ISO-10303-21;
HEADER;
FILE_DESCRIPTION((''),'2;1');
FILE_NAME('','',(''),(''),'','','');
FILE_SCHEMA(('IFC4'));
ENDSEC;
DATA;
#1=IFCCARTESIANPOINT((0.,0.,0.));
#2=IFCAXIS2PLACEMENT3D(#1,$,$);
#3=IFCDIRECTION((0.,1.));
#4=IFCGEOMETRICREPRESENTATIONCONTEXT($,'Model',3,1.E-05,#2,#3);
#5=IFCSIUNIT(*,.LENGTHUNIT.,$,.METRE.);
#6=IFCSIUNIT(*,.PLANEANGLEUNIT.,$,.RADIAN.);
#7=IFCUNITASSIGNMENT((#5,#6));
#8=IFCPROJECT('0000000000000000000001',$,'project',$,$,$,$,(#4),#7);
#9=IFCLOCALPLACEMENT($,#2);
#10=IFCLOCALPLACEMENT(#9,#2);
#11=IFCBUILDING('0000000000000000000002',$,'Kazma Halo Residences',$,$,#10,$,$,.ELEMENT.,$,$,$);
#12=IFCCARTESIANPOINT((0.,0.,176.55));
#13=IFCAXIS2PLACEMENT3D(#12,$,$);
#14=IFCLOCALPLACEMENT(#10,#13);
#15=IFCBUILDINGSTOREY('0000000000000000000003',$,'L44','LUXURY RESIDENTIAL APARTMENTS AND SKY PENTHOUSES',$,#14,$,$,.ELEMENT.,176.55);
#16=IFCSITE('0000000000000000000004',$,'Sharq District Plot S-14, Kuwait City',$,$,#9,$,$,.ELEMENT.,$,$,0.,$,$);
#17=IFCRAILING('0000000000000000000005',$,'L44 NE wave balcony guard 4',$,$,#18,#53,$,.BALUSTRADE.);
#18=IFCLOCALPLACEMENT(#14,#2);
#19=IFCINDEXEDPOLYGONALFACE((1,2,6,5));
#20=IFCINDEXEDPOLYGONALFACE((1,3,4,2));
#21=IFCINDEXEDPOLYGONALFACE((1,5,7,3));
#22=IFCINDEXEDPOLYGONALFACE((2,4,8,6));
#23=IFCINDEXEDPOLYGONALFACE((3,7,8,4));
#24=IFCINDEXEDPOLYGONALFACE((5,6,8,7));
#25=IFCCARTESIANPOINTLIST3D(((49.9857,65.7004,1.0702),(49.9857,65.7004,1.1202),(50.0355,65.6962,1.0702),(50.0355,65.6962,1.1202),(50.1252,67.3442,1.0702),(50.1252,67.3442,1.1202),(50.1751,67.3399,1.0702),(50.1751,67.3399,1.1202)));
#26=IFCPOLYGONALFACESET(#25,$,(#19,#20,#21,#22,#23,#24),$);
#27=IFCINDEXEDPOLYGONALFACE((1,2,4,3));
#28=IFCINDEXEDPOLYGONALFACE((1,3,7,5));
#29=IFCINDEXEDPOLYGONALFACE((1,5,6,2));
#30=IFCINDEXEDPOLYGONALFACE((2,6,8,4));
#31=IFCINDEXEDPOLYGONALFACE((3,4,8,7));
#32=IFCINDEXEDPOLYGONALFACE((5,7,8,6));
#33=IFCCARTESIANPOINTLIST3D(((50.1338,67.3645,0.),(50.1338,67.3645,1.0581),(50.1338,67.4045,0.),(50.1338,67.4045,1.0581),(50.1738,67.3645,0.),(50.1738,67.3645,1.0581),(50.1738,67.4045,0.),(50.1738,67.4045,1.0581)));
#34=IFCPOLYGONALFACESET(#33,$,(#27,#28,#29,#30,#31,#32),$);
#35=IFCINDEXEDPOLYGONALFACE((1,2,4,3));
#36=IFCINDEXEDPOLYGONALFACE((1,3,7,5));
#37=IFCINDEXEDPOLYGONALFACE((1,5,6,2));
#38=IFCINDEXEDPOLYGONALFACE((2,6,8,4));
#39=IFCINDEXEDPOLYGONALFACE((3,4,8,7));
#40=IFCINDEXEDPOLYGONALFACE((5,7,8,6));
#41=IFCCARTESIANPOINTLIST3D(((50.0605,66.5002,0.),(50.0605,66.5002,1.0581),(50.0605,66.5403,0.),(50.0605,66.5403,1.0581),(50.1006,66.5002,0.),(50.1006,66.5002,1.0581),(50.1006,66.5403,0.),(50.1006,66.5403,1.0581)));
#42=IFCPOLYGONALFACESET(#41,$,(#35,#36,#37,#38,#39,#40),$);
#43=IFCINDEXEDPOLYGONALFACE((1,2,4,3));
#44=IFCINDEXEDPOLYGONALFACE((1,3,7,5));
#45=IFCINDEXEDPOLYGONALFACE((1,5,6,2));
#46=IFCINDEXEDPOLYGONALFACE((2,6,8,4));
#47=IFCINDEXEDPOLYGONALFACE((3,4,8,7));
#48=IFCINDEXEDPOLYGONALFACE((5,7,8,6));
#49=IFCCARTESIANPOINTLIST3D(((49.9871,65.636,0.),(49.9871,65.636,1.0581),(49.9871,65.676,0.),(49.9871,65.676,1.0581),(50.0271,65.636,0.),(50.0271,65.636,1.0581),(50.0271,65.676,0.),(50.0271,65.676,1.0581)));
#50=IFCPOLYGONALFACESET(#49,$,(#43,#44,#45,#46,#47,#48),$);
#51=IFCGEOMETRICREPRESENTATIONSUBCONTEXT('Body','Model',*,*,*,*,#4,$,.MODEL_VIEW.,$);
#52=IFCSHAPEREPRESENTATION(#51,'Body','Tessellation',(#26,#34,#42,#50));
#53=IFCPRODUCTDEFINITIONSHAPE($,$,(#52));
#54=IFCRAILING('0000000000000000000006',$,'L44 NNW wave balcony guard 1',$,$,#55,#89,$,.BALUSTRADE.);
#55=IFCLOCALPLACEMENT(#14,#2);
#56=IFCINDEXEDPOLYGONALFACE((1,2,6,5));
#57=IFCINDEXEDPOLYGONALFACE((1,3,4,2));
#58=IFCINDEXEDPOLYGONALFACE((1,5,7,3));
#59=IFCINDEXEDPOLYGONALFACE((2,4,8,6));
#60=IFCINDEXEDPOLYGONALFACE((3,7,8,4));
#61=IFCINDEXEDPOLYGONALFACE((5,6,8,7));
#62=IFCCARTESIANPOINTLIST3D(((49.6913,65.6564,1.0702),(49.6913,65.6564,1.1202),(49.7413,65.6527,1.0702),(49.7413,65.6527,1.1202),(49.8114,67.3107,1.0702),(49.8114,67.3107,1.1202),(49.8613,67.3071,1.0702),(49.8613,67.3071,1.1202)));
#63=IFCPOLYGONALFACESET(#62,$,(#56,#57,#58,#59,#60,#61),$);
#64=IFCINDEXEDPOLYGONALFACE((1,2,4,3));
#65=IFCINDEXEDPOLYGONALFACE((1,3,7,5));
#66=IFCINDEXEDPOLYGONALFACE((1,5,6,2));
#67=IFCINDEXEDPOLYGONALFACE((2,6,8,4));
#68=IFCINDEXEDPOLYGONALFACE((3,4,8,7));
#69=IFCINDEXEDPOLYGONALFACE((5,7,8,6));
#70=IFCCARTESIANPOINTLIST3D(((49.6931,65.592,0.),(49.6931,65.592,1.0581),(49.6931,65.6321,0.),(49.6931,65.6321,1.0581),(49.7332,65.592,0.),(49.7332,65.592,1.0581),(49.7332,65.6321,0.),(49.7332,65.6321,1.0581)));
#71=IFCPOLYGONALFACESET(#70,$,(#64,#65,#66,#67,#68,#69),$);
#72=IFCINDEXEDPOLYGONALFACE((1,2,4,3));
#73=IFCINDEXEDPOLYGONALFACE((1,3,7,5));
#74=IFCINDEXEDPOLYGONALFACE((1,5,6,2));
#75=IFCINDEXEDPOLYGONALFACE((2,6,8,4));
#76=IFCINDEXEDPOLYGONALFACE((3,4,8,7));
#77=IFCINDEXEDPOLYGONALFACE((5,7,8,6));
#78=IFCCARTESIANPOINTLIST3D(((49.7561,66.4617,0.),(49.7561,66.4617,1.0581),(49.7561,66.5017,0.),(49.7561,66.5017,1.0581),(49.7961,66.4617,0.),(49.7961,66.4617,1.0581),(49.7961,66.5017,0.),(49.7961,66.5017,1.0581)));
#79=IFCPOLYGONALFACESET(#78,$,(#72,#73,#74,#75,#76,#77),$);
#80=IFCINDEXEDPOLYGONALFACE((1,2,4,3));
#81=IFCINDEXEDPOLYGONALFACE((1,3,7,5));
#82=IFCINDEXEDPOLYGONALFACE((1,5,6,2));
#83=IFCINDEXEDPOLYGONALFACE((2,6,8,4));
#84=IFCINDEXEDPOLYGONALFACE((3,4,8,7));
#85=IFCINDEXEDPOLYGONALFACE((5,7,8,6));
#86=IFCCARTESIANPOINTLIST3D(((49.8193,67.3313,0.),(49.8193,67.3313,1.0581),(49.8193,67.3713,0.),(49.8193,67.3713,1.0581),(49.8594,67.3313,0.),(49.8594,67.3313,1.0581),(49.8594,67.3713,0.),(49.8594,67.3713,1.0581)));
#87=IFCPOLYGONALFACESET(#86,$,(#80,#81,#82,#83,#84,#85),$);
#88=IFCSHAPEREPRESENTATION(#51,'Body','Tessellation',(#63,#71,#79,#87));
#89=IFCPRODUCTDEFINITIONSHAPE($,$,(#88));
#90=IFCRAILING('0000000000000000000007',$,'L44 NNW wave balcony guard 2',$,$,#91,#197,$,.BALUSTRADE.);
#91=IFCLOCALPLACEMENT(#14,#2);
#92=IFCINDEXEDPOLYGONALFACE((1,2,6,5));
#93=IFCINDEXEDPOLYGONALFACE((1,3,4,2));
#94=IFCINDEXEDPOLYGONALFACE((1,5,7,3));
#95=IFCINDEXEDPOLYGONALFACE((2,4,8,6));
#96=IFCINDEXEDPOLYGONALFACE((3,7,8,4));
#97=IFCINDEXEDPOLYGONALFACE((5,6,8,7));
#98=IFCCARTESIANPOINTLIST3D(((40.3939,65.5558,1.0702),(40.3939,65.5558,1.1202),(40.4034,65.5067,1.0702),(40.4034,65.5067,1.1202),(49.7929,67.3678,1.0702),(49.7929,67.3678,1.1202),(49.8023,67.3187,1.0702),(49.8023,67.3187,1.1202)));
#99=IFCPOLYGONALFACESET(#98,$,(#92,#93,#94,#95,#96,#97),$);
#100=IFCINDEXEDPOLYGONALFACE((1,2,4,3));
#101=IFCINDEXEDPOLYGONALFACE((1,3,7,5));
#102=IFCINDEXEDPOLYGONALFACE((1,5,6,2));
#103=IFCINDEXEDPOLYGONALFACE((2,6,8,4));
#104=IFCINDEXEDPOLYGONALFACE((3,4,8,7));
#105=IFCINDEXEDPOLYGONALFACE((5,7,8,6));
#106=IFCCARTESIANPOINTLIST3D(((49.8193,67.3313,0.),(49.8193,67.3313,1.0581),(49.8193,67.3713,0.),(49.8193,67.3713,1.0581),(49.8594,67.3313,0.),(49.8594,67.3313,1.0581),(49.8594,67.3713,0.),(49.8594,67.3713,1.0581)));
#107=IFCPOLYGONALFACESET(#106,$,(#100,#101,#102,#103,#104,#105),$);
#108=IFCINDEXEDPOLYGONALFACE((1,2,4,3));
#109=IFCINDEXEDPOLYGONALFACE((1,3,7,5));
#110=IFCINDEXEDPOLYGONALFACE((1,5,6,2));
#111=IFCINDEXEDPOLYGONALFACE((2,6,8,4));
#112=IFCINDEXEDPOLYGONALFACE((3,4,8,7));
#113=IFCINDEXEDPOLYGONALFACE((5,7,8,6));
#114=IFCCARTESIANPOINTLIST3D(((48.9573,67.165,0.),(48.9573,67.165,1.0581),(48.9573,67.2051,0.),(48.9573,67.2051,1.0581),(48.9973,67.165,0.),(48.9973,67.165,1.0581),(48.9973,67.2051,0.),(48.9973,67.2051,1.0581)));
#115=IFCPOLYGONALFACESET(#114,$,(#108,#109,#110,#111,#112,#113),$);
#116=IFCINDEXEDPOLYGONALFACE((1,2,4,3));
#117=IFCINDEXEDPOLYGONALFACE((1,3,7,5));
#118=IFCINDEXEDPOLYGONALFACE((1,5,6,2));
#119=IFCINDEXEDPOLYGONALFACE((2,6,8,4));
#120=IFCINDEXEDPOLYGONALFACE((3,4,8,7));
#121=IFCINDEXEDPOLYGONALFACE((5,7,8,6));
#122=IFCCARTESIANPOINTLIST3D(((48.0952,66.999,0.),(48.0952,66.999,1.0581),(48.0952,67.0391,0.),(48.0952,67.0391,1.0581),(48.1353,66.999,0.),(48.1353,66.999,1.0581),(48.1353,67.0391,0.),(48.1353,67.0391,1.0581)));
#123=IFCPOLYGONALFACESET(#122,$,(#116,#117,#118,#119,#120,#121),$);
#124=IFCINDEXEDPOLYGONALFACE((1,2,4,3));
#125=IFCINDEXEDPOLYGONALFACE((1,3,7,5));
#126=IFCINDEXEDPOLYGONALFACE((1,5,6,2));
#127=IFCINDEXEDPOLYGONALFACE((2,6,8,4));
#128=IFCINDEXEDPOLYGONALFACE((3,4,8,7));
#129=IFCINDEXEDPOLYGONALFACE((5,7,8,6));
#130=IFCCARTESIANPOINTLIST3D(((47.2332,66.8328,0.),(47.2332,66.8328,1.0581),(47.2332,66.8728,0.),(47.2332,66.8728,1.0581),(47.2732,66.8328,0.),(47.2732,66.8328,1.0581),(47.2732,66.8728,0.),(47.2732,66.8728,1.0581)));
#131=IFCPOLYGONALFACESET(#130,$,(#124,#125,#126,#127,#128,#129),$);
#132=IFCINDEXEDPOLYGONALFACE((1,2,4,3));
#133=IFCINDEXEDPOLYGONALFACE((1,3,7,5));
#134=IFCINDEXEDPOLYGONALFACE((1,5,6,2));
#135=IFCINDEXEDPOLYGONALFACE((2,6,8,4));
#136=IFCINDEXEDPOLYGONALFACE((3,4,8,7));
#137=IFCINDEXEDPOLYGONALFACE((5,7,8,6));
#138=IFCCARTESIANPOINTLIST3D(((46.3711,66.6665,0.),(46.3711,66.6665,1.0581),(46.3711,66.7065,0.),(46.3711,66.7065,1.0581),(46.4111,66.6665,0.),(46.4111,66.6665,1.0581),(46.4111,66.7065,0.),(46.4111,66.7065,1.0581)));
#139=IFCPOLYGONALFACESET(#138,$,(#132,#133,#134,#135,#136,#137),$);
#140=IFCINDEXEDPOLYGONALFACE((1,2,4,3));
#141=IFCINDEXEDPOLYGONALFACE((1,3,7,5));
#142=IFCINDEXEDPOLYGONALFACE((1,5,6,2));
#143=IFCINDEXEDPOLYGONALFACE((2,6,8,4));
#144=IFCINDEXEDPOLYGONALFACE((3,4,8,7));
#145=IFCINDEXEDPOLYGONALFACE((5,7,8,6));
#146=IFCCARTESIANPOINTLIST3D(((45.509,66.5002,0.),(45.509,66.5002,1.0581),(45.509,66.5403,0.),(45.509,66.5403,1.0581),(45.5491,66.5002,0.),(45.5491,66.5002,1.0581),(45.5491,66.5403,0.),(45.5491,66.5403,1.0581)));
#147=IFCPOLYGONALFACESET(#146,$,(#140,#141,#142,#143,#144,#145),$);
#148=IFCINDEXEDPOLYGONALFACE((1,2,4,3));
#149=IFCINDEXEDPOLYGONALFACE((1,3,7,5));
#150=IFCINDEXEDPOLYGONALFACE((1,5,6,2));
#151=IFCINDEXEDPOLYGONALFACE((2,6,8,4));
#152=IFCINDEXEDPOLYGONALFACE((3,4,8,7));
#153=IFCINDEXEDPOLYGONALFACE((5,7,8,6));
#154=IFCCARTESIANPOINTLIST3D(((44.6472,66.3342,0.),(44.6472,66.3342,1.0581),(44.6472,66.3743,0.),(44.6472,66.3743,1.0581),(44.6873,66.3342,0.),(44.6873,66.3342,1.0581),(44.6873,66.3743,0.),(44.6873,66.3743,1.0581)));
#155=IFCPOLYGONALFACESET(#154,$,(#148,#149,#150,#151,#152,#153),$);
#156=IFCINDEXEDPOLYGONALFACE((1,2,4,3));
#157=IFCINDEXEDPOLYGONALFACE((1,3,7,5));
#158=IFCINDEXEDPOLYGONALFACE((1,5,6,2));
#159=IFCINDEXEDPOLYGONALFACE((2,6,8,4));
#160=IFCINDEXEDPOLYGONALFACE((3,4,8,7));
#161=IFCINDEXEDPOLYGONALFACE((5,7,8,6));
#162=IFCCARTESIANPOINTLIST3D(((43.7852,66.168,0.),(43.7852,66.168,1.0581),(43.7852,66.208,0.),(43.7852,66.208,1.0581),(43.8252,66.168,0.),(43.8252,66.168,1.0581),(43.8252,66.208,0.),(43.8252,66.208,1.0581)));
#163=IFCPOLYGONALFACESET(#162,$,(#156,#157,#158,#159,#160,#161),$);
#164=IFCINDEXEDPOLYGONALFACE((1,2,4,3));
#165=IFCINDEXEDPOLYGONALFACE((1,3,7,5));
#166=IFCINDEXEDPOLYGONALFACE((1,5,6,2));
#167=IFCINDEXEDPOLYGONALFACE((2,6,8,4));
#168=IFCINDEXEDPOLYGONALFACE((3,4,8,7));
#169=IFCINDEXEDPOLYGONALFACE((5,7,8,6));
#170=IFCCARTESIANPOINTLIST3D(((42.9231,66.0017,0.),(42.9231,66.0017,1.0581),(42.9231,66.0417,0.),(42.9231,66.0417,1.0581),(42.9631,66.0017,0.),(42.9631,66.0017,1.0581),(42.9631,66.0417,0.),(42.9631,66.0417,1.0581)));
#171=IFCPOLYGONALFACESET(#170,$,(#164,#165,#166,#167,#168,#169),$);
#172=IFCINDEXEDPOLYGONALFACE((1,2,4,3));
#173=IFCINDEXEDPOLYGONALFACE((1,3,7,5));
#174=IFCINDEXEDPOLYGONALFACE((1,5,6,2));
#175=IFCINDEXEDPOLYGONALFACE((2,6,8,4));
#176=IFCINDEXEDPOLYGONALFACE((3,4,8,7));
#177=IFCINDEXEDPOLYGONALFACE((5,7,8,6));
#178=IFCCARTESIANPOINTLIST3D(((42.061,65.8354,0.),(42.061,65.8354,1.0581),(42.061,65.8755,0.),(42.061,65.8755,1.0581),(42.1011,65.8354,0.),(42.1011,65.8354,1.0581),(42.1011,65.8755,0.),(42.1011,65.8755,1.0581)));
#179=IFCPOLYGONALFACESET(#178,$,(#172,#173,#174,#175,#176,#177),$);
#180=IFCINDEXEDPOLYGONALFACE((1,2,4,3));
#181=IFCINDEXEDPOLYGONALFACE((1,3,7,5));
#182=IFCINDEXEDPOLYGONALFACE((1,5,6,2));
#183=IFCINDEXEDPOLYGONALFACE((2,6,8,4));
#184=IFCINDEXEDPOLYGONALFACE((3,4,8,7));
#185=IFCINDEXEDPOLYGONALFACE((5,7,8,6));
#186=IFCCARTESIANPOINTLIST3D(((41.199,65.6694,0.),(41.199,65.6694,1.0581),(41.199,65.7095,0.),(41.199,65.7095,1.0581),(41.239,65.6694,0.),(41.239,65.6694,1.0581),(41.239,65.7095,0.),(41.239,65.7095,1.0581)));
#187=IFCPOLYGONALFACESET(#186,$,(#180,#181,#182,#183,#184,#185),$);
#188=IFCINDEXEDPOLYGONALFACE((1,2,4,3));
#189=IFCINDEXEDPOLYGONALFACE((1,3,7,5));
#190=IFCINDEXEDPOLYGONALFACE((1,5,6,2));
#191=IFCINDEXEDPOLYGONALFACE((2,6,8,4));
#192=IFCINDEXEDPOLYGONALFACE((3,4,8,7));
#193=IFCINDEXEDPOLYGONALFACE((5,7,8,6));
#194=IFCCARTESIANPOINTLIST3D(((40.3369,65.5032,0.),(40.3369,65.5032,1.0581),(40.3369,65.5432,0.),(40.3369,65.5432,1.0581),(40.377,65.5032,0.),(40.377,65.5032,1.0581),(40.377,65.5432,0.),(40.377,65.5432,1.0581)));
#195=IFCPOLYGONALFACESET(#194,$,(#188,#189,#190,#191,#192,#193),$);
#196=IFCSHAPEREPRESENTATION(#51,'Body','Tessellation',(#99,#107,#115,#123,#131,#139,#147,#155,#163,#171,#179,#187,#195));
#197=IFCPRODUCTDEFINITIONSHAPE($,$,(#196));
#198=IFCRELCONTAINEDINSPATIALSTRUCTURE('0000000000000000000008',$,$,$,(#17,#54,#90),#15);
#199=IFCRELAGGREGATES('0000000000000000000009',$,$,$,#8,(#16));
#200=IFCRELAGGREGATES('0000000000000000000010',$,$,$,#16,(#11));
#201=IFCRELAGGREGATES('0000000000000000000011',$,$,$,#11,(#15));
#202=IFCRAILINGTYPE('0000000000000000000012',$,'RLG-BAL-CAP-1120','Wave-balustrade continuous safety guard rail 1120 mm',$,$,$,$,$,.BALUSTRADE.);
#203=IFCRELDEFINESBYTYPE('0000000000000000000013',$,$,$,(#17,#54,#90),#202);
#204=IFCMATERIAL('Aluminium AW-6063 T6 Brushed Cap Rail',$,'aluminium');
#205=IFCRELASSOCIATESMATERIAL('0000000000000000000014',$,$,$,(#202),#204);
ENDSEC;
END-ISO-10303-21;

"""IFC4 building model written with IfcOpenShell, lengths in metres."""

from ifc_helpers import new_model, si_unit, direction, frame, origin, origin_2d, place, context, subcontext, project, spatial, rectangle, extrude, material, type_object, element, save


model = new_model("IFC4")

# Units and contexts
model_context = context("Model", 3, precision=1e-05, world=origin(), true_north=direction((0.0, 1.0)))
body_context = subcontext(model_context, "Body", "Model", "MODEL_VIEW")
ifc_project = project(units=[si_unit("LENGTHUNIT", "METRE"), si_unit("PLANEANGLEUNIT", "RADIAN")], contexts=[model_context])

# Site, building, storey
site_placement = place(None, origin())
site = spatial("IfcSite", under=ifc_project, at=site_placement, Name="Sharq District Plot S-14, Kuwait City", CompositionType="ELEMENT", RefElevation=0.0)
building_placement = place(site_placement, origin())
building = spatial("IfcBuilding", under=site, at=building_placement, Name="Kazma Halo Residences", CompositionType="ELEMENT")
storey_placement = place(building_placement, frame((0.0, 0.0, 176.55)))
storey = spatial("IfcBuildingStorey", under=building, at=storey_placement, Name="L44", Description="LUXURY RESIDENTIAL APARTMENTS AND SKY PENTHOUSES", CompositionType="ELEMENT", Elevation=176.55)

# Railings
ifc_material_1 = material(Name="Aluminium AW-6063 T6 Brushed Cap Rail", Category="aluminium")
railing_type = type_object("IfcRailingType", Name="RLG-BAL-CAP-1120", Description="Wave-balustrade continuous safety guard rail 1120 mm", PredefinedType="BALUSTRADE", material=ifc_material_1)
railing_1_placement = place(storey_placement, frame((50.1538, 67.3845, 0.0)))
element("IfcRailing", 1, at=railing_1_placement, inside=storey, type_object=railing_type, Name="L44 NE wave balcony guard 4", PredefinedType="BALUSTRADE", context=body_context, shape_type="SweptSolid", body=[
    extrude(rectangle(XDim=0.05, YDim=0.05, at=origin_2d()), frame((-0.0037, -0.0425, 1.0952), z_axis=(-0.084583, -0.996416, 0.0), x_axis=(0.996416, -0.084583, 0.0)), (0.0, 0.0, 1.0), 1.6497),
    extrude(rectangle(XDim=0.04, YDim=0.04, at=origin_2d()), origin(), (0.0, 0.0, 1.0), 1.0581),
    extrude(rectangle(XDim=0.04, YDim=0.04, at=origin_2d()), frame((-0.0732, -0.8643, 0.0)), (0.0, 0.0, 1.0), 1.0581),
    extrude(rectangle(XDim=0.04, YDim=0.04, at=origin_2d()), frame((-0.1467, -1.7285, 0.0)), (0.0, 0.0, 1.0), 1.0581),
])
railing_2_placement = place(storey_placement, frame((49.7131, 65.6121, 0.0)))
element("IfcRailing", 2, at=railing_2_placement, inside=storey, type_object=railing_type, Name="L44 NNW wave balcony guard 1", PredefinedType="BALUSTRADE", context=body_context, shape_type="SweptSolid", body=[
    extrude(rectangle(XDim=0.05, YDim=0.05, at=origin_2d()), frame((0.0032, 0.0425, 1.0952), z_axis=(0.072381, 0.997377, 0.0), x_axis=(-0.997377, 0.072381, 0.0)), (0.0, 0.0, 1.0), 1.6587),
    extrude(rectangle(XDim=0.04, YDim=0.04, at=origin_2d()), origin(), (0.0, 0.0, 1.0), 1.0581),
    extrude(rectangle(XDim=0.04, YDim=0.04, at=origin_2d()), frame((0.063, 0.8696, 0.0)), (0.0, 0.0, 1.0), 1.0581),
    extrude(rectangle(XDim=0.04, YDim=0.04, at=origin_2d()), frame((0.1262, 1.7393, 0.0)), (0.0, 0.0, 1.0), 1.0581),
])
railing_3_placement = place(storey_placement, frame((49.8394, 67.3513, 0.0)))
element("IfcRailing", 3, at=railing_3_placement, inside=storey, type_object=railing_type, Name="L44 NNW wave balcony guard 2", PredefinedType="BALUSTRADE", context=body_context, shape_type="SweptSolid", body=[
    extrude(rectangle(XDim=0.05, YDim=0.05, at=origin_2d()), frame((-0.0417, -0.0081, 1.0952), z_axis=(-0.981918, -0.189305, 0.0), x_axis=(0.189305, -0.981918, 0.0)), (0.0, 0.0, 1.0), 9.572),
    extrude(rectangle(XDim=0.04, YDim=0.04, at=origin_2d()), origin(), (0.0, 0.0, 1.0), 1.0581),
    extrude(rectangle(XDim=0.04, YDim=0.04, at=origin_2d()), frame((-0.8621, -0.1663, 0.0)), (0.0, 0.0, 1.0), 1.0581),
    extrude(rectangle(XDim=0.04, YDim=0.04, at=origin_2d()), frame((-1.7241, -0.3323, 0.0)), (0.0, 0.0, 1.0), 1.0581),
    extrude(rectangle(XDim=0.04, YDim=0.04, at=origin_2d()), frame((-2.5862, -0.4985, 0.0)), (0.0, 0.0, 1.0), 1.0581),
    extrude(rectangle(XDim=0.04, YDim=0.04, at=origin_2d()), frame((-3.4482, -0.6648, 0.0)), (0.0, 0.0, 1.0), 1.0581),
    extrude(rectangle(XDim=0.04, YDim=0.04, at=origin_2d()), frame((-4.3103, -0.8311, 0.0)), (0.0, 0.0, 1.0), 1.0581),
    extrude(rectangle(XDim=0.04, YDim=0.04, at=origin_2d()), frame((-5.1721, -0.9971, 0.0)), (0.0, 0.0, 1.0), 1.0581),
    extrude(rectangle(XDim=0.04, YDim=0.04, at=origin_2d()), frame((-6.0342, -1.1633, 0.0)), (0.0, 0.0, 1.0), 1.0581),
    extrude(rectangle(XDim=0.04, YDim=0.04, at=origin_2d()), frame((-6.8962, -1.3296, 0.0)), (0.0, 0.0, 1.0), 1.0581),
    extrude(rectangle(XDim=0.04, YDim=0.04, at=origin_2d()), frame((-7.7583, -1.4958, 0.0)), (0.0, 0.0, 1.0), 1.0581),
    extrude(rectangle(XDim=0.04, YDim=0.04, at=origin_2d()), frame((-8.6204, -1.6619, 0.0)), (0.0, 0.0, 1.0), 1.0581),
    extrude(rectangle(XDim=0.04, YDim=0.04, at=origin_2d()), frame((-9.4824, -1.8281, 0.0)), (0.0, 0.0, 1.0), 1.0581),
])

save(model, "model.ifc")
